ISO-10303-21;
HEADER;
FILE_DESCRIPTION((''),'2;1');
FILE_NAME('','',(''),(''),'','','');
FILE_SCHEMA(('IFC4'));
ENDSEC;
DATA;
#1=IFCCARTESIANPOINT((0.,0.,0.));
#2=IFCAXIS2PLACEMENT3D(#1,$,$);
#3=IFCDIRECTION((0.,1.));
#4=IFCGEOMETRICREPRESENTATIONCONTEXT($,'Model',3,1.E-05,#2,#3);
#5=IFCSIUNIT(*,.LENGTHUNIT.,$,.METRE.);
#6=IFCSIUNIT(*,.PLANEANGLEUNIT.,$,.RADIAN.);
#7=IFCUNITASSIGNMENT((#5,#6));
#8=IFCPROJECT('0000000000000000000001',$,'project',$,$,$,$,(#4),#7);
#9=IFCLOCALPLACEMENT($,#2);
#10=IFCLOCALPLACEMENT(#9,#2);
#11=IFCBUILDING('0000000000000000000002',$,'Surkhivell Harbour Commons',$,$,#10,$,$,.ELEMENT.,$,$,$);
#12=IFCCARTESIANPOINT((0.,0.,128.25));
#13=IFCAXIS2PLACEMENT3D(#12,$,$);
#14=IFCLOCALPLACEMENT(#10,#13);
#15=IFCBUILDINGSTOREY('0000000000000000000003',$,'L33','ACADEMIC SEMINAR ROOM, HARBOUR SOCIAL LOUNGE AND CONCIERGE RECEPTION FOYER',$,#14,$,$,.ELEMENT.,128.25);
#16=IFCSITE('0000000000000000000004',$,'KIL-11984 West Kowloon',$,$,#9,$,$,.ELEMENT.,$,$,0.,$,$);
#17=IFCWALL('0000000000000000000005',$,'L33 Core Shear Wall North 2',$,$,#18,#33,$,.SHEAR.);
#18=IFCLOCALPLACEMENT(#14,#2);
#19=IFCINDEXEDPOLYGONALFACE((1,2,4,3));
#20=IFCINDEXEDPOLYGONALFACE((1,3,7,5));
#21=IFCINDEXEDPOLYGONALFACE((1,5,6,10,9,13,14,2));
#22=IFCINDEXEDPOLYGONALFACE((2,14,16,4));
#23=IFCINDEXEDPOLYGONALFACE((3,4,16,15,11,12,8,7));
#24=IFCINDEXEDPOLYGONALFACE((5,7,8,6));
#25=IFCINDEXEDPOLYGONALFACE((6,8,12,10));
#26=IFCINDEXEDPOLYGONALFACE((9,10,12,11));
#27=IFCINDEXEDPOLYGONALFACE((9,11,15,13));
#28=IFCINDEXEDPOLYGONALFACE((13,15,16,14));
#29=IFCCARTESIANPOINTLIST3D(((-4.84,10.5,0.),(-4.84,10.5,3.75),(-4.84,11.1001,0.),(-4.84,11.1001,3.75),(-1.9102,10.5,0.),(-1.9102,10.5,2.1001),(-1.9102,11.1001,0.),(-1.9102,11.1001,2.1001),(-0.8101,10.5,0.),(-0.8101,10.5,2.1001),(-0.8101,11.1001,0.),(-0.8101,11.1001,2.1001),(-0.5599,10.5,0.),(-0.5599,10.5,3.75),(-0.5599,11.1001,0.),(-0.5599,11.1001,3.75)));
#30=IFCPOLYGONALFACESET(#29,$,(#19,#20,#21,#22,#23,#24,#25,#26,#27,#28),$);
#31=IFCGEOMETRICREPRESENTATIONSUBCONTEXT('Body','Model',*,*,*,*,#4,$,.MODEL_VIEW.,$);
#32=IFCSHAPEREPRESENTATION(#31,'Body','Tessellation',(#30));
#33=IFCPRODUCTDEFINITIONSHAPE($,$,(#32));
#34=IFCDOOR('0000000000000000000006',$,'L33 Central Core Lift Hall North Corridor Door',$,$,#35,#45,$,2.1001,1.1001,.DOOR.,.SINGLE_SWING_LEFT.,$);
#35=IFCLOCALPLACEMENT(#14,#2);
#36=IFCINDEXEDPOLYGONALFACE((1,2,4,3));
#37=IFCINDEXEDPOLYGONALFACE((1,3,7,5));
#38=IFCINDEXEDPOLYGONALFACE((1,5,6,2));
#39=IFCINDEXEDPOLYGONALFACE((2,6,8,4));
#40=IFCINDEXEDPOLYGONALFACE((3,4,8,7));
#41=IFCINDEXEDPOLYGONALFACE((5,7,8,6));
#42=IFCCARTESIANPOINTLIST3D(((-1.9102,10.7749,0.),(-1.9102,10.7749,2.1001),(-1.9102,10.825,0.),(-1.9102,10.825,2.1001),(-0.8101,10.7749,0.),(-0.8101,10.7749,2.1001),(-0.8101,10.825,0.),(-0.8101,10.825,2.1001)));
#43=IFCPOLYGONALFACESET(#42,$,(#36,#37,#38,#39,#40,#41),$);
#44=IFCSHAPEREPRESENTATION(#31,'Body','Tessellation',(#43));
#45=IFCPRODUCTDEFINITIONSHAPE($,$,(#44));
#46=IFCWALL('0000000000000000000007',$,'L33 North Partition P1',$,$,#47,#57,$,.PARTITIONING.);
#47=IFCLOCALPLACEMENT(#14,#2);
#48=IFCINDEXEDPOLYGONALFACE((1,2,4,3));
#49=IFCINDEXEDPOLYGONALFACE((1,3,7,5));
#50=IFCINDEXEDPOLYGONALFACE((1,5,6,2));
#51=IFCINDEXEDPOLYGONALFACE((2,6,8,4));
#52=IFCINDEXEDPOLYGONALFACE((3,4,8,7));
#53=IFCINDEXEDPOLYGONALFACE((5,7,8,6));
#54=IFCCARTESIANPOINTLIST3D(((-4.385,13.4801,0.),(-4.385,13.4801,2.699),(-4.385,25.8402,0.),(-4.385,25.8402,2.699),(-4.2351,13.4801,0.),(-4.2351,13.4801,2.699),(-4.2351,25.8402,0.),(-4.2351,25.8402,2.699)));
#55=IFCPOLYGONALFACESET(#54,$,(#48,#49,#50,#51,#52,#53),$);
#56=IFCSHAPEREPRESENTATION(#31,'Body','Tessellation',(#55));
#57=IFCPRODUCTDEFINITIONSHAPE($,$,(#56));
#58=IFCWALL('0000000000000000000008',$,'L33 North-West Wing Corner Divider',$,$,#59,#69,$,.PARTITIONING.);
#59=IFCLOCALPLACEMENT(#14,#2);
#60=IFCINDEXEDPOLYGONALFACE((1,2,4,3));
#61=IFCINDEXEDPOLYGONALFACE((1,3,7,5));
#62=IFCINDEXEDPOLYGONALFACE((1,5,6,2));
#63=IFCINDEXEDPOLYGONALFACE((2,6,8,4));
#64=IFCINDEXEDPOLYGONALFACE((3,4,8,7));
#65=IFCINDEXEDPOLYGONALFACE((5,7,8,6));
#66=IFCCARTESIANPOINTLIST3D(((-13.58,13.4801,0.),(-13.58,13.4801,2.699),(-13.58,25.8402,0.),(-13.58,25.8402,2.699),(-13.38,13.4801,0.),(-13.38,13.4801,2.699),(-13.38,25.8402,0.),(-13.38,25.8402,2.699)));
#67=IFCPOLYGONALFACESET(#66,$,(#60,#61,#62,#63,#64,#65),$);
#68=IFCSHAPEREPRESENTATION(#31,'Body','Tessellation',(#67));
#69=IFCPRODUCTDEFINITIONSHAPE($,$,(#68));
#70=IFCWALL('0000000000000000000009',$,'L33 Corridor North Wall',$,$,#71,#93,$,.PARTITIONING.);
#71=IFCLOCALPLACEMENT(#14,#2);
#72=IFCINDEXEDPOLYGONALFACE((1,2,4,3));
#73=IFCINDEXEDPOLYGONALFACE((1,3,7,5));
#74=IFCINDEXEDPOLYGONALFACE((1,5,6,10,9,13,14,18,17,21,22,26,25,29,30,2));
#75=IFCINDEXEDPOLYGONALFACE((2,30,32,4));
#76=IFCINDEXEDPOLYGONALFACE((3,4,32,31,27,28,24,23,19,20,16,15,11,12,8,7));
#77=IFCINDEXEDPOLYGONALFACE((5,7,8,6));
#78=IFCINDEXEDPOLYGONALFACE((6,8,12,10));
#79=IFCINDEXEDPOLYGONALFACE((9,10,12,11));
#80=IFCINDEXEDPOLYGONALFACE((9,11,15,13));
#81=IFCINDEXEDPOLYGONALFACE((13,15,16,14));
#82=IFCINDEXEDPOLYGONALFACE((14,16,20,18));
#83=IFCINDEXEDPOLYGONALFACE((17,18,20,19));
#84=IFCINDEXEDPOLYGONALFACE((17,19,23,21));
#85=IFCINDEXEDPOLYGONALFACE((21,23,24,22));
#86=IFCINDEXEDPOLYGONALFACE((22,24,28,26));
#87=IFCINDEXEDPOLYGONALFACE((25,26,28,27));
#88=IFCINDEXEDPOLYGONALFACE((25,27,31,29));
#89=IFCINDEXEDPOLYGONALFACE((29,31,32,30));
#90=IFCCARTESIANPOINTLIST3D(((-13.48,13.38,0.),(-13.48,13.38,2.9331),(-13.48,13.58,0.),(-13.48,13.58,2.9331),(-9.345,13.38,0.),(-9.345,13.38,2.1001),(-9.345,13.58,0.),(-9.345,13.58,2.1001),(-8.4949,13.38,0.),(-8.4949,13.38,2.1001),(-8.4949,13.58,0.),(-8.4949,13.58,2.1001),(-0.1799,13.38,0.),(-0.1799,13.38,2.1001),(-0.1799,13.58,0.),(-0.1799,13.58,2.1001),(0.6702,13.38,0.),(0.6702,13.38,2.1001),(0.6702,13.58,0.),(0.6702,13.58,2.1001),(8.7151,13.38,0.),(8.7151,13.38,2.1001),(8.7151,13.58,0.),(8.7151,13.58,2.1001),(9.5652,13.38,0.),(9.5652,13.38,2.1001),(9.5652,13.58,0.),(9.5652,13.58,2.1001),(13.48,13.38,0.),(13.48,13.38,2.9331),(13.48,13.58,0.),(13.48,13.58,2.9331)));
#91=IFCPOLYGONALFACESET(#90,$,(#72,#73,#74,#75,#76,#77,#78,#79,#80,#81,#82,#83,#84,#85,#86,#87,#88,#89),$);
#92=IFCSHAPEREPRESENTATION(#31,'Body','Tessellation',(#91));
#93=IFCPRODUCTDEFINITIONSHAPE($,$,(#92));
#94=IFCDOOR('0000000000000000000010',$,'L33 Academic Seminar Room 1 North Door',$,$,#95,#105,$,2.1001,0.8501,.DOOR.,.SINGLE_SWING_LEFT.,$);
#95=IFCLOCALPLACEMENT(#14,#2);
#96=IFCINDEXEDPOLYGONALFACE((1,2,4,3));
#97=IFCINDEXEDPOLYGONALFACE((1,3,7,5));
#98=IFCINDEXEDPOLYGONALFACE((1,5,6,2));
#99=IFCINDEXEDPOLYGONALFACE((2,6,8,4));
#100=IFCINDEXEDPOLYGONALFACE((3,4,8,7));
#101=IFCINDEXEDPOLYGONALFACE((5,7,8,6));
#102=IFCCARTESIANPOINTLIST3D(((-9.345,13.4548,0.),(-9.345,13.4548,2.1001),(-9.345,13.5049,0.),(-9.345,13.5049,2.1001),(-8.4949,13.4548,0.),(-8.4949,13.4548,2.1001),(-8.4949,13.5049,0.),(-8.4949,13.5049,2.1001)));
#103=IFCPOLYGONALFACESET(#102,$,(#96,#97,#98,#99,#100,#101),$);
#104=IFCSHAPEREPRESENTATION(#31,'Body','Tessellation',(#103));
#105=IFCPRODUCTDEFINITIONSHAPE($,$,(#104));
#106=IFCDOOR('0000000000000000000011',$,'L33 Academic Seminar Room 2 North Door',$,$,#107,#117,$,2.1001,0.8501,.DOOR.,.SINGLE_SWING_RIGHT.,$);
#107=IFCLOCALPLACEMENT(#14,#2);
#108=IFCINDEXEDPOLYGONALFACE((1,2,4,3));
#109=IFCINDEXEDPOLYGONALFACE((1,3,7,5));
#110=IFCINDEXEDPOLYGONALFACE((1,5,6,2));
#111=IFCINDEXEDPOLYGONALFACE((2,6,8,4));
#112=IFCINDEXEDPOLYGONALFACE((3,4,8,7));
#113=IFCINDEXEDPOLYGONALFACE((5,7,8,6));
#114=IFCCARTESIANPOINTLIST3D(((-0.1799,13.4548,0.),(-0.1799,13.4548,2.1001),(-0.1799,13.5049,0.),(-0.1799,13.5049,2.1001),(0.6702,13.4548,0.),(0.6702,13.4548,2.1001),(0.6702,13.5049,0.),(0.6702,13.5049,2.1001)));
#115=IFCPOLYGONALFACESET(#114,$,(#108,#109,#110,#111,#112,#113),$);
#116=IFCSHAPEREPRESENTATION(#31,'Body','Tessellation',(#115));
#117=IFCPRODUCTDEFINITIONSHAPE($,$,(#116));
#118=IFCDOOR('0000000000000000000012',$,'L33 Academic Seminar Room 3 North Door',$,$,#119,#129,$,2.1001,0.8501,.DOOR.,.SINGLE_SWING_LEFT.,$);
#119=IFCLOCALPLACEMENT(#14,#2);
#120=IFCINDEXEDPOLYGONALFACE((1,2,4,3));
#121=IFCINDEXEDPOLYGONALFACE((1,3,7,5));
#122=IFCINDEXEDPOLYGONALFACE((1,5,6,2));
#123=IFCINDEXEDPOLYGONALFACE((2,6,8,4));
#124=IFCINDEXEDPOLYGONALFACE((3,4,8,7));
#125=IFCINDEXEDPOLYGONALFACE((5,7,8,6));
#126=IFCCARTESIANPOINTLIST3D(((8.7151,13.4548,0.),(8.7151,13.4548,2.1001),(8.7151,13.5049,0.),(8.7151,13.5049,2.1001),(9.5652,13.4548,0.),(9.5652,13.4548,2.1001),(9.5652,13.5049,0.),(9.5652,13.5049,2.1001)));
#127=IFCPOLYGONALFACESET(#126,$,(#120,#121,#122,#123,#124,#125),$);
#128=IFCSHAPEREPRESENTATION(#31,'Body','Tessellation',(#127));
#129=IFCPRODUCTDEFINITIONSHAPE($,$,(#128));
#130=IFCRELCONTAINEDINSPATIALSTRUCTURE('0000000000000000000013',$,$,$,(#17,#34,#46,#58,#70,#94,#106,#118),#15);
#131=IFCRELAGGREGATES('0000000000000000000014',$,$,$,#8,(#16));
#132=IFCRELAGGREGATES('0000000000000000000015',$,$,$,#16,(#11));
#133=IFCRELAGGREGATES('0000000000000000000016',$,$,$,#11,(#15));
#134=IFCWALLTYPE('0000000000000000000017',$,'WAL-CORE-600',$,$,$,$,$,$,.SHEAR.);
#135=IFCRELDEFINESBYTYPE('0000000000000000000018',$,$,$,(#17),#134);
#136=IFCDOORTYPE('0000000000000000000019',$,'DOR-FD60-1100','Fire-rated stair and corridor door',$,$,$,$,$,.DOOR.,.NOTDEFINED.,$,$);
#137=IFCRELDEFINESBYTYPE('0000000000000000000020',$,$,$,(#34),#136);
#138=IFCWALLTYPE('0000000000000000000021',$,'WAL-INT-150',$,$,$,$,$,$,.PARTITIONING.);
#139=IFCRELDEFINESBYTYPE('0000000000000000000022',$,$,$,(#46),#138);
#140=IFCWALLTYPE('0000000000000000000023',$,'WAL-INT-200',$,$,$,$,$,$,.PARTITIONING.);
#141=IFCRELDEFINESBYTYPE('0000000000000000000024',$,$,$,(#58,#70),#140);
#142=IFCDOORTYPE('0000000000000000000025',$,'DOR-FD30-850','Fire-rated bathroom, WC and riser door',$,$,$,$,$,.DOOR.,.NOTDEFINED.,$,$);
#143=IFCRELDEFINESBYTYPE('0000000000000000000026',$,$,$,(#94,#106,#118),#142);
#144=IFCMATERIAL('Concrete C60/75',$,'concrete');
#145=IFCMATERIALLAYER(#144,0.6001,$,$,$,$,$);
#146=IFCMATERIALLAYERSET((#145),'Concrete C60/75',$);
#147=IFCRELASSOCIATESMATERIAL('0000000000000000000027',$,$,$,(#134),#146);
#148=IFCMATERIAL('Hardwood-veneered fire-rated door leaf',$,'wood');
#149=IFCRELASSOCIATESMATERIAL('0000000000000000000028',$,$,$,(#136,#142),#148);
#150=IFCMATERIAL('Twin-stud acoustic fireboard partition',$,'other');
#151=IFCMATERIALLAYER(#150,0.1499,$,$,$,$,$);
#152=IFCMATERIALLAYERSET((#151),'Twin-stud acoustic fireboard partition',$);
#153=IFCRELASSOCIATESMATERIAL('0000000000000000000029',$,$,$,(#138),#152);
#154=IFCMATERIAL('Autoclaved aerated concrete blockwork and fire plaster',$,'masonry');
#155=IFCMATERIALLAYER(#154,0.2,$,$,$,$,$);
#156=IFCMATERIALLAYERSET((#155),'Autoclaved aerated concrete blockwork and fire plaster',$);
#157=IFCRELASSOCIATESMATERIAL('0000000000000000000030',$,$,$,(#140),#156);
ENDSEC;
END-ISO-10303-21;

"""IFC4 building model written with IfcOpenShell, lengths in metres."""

from ifc_helpers import new_model, si_unit, direction, frame, frame_2d, origin, place, context, subcontext, project, spatial, rectangle, extrude, material, layer, layer_set, type_object, element, fill, save


model = new_model("IFC4")

# Units and contexts
model_context = context("Model", 3, precision=1e-05, world=origin(), true_north=direction((0.0, 1.0)))
body_context = subcontext(model_context, "Body", "Model", "MODEL_VIEW")
ifc_project = project(units=[si_unit("LENGTHUNIT", "METRE"), si_unit("PLANEANGLEUNIT", "RADIAN")], contexts=[model_context])

# Site, building, storey
site_placement = place(None, origin())
site = spatial("IfcSite", under=ifc_project, at=site_placement, Name="KIL-11984 West Kowloon", CompositionType="ELEMENT", RefElevation=0.0)
building_placement = place(site_placement, origin())
building = spatial("IfcBuilding", under=site, at=building_placement, Name="Surkhivell Harbour Commons", CompositionType="ELEMENT")
storey_placement = place(building_placement, frame((0.0, 0.0, 128.25)))
storey = spatial("IfcBuildingStorey", under=building, at=storey_placement, Name="L33", Description="ACADEMIC SEMINAR ROOM, HARBOUR SOCIAL LOUNGE AND CONCIERGE RECEPTION FOYER", CompositionType="ELEMENT", Elevation=128.25)

# Shared definitions
ifc_material_1 = material(Name="Concrete C60/75", Category="concrete")

# Shared definitions
ifc_layer_1 = layer(ifc_material_1, 0.6001)
ifc_layer_set_1 = layer_set([ifc_layer_1], Name="Concrete C60/75")
wall_type_1 = type_object("IfcWallType", Name="WAL-CORE-600", PredefinedType="SHEAR", material=ifc_layer_set_1)

# Wall, opening, door
wall_1_placement = place(storey_placement, frame((-4.8401, 10.8, 0.0), z_axis=(0.0, 0.0, 1.0), x_axis=(1.0, 0.0, 0.0)))
wall_1 = element("IfcWall", 1, at=wall_1_placement, inside=storey, type_object=wall_type_1, Name="L33 Core Shear Wall North 2", PredefinedType="SHEAR", context=body_context, shape_type="SweptSolid", body=[
    extrude(rectangle(XDim=4.28, YDim=0.6001, at=frame_2d((2.1401, 0.0))), origin(), (0.0, 0.0, 1.0), 3.75),
])
opening_1_placement = place(wall_1_placement, frame((2.9299, 0.0, 0.0)))
opening_1 = element("IfcOpeningElement", 2, at=opening_1_placement, cuts=wall_1, PredefinedType="OPENING", context=body_context, shape_type="SweptSolid", body=[
    extrude(rectangle(XDim=1.1001, YDim=2.1001, at=frame_2d((0.55, 1.05))), frame((0.0, 0.3101, 0.0), z_axis=(0.0, -1.0, 0.0), x_axis=(1.0, 0.0, 0.0)), (0.0, 0.0, 1.0), 0.6201),
])
ifc_material_2 = material(Name="Hardwood-veneered fire-rated door leaf", Category="wood")
door_type_1 = type_object("IfcDoorType", Name="DOR-FD60-1100", Description="Fire-rated stair and corridor door", OperationType="NOTDEFINED", PredefinedType="DOOR", material=ifc_material_2)
door_1_placement = place(opening_1_placement, origin())
door_1 = element("IfcDoor", 3, at=door_1_placement, inside=storey, type_object=door_type_1, Name="L33 Central Core Lift Hall North Corridor Door", OperationType="SINGLE_SWING_LEFT", OverallHeight=2.1001, OverallWidth=1.1001, PredefinedType="DOOR", context=body_context, shape_type="SweptSolid", body=[
    extrude(rectangle(XDim=1.1001, YDim=2.1001, at=frame_2d((0.55, 1.05))), frame((0.0, 0.0249, 0.0), z_axis=(0.0, -1.0, 0.0), x_axis=(1.0, 0.0, 0.0)), (0.0, 0.0, 1.0), 0.05),
])
fill(opening_1, door_1)

# Walls
ifc_material_3 = material(Name="Twin-stud acoustic fireboard partition", Category="other")
ifc_layer_2 = layer(ifc_material_3, 0.1499)
ifc_layer_set_2 = layer_set([ifc_layer_2], Name="Twin-stud acoustic fireboard partition")
wall_type_2 = type_object("IfcWallType", Name="WAL-INT-150", PredefinedType="PARTITIONING", material=ifc_layer_set_2)
wall_2_placement = place(storey_placement, frame((-4.3101, 13.48, 0.0), z_axis=(0.0, 0.0, 1.0), x_axis=(0.0, 1.0, 0.0)))
element("IfcWall", 4, at=wall_2_placement, inside=storey, type_object=wall_type_2, Name="L33 North Partition P1", PredefinedType="PARTITIONING", context=body_context, shape_type="SweptSolid", body=[
    extrude(rectangle(XDim=12.3601, YDim=0.1499, at=frame_2d((6.1802, 0.0))), origin(), (0.0, 0.0, 1.0), 2.699),
])
ifc_material_4 = material(Name="Autoclaved aerated concrete blockwork and fire plaster", Category="masonry")
ifc_layer_3 = layer(ifc_material_4, 0.2)
ifc_layer_set_3 = layer_set([ifc_layer_3], Name="Autoclaved aerated concrete blockwork and fire plaster")
wall_type_3 = type_object("IfcWallType", Name="WAL-INT-200", PredefinedType="PARTITIONING", material=ifc_layer_set_3)
wall_3_placement = place(storey_placement, frame((-13.48, 13.48, 0.0), z_axis=(0.0, 0.0, 1.0), x_axis=(0.0, 1.0, 0.0)))
element("IfcWall", 5, at=wall_3_placement, inside=storey, type_object=wall_type_3, Name="L33 North-West Wing Corner Divider", PredefinedType="PARTITIONING", context=body_context, shape_type="SweptSolid", body=[
    extrude(rectangle(XDim=12.3601, YDim=0.2, at=frame_2d((6.1802, 0.0))), origin(), (0.0, 0.0, 1.0), 2.699),
])

# Wall, openings, doors
wall_4_placement = place(storey_placement, frame((-13.48, 13.48, 0.0), z_axis=(0.0, 0.0, 1.0), x_axis=(1.0, 0.0, 0.0)))
wall_4 = element("IfcWall", 6, at=wall_4_placement, inside=storey, type_object=wall_type_3, Name="L33 Corridor North Wall", PredefinedType="PARTITIONING", context=body_context, shape_type="SweptSolid", body=[
    extrude(rectangle(XDim=26.96, YDim=0.2, at=frame_2d((13.48, 0.0))), origin(), (0.0, 0.0, 1.0), 2.9331),
])
opening_2_placement = place(wall_4_placement, frame((4.135, 0.0, 0.0)))
opening_2 = element("IfcOpeningElement", 7, at=opening_2_placement, cuts=wall_4, PredefinedType="OPENING", context=body_context, shape_type="SweptSolid", body=[
    extrude(rectangle(XDim=0.8501, YDim=2.1001, at=frame_2d((0.425, 1.05))), frame((0.0, 0.1099, 0.0), z_axis=(0.0, -1.0, 0.0), x_axis=(1.0, 0.0, 0.0)), (0.0, 0.0, 1.0), 0.22),
])
opening_3_placement = place(wall_4_placement, frame((13.3, 0.0, 0.0)))
opening_3 = element("IfcOpeningElement", 8, at=opening_3_placement, cuts=wall_4, PredefinedType="OPENING", context=body_context, shape_type="SweptSolid", body=[
    extrude(rectangle(XDim=0.8501, YDim=2.1001, at=frame_2d((0.425, 1.05))), frame((0.0, 0.1099, 0.0), z_axis=(0.0, -1.0, 0.0), x_axis=(1.0, 0.0, 0.0)), (0.0, 0.0, 1.0), 0.22),
])
opening_4_placement = place(wall_4_placement, frame((22.1951, 0.0, 0.0)))
opening_4 = element("IfcOpeningElement", 9, at=opening_4_placement, cuts=wall_4, PredefinedType="OPENING", context=body_context, shape_type="SweptSolid", body=[
    extrude(rectangle(XDim=0.8501, YDim=2.1001, at=frame_2d((0.425, 1.05))), frame((0.0, 0.1099, 0.0), z_axis=(0.0, -1.0, 0.0), x_axis=(1.0, 0.0, 0.0)), (0.0, 0.0, 1.0), 0.22),
])
door_type_2 = type_object("IfcDoorType", Name="DOR-FD30-850", Description="Fire-rated bathroom, WC and riser door", OperationType="NOTDEFINED", PredefinedType="DOOR", material=ifc_material_2)
door_2_placement = place(opening_2_placement, origin())
door_2 = element("IfcDoor", 10, at=door_2_placement, inside=storey, type_object=door_type_2, Name="L33 Academic Seminar Room 1 North Door", OperationType="SINGLE_SWING_LEFT", OverallHeight=2.1001, OverallWidth=0.8501, PredefinedType="DOOR", context=body_context, shape_type="SweptSolid", body=[
    extrude(rectangle(XDim=0.8501, YDim=2.1001, at=frame_2d((0.425, 1.05))), frame((0.0, 0.0249, 0.0), z_axis=(0.0, -1.0, 0.0), x_axis=(1.0, 0.0, 0.0)), (0.0, 0.0, 1.0), 0.05),
])
fill(opening_2, door_2)
door_3_placement = place(opening_3_placement, origin())
door_3 = element("IfcDoor", 11, at=door_3_placement, inside=storey, type_object=door_type_2, Name="L33 Academic Seminar Room 2 North Door", OperationType="SINGLE_SWING_RIGHT", OverallHeight=2.1001, OverallWidth=0.8501, PredefinedType="DOOR", context=body_context, shape_type="SweptSolid", body=[
    extrude(rectangle(XDim=0.8501, YDim=2.1001, at=frame_2d((0.425, 1.05))), frame((0.0, 0.0249, 0.0), z_axis=(0.0, -1.0, 0.0), x_axis=(1.0, 0.0, 0.0)), (0.0, 0.0, 1.0), 0.05),
])
fill(opening_3, door_3)
door_4_placement = place(opening_4_placement, origin())
door_4 = element("IfcDoor", 12, at=door_4_placement, inside=storey, type_object=door_type_2, Name="L33 Academic Seminar Room 3 North Door", OperationType="SINGLE_SWING_LEFT", OverallHeight=2.1001, OverallWidth=0.8501, PredefinedType="DOOR", context=body_context, shape_type="SweptSolid", body=[
    extrude(rectangle(XDim=0.8501, YDim=2.1001, at=frame_2d((0.425, 1.05))), frame((0.0, 0.0249, 0.0), z_axis=(0.0, -1.0, 0.0), x_axis=(1.0, 0.0, 0.0)), (0.0, 0.0, 1.0), 0.05),
])
fill(opening_4, door_4)

save(model, "model.ifc")
